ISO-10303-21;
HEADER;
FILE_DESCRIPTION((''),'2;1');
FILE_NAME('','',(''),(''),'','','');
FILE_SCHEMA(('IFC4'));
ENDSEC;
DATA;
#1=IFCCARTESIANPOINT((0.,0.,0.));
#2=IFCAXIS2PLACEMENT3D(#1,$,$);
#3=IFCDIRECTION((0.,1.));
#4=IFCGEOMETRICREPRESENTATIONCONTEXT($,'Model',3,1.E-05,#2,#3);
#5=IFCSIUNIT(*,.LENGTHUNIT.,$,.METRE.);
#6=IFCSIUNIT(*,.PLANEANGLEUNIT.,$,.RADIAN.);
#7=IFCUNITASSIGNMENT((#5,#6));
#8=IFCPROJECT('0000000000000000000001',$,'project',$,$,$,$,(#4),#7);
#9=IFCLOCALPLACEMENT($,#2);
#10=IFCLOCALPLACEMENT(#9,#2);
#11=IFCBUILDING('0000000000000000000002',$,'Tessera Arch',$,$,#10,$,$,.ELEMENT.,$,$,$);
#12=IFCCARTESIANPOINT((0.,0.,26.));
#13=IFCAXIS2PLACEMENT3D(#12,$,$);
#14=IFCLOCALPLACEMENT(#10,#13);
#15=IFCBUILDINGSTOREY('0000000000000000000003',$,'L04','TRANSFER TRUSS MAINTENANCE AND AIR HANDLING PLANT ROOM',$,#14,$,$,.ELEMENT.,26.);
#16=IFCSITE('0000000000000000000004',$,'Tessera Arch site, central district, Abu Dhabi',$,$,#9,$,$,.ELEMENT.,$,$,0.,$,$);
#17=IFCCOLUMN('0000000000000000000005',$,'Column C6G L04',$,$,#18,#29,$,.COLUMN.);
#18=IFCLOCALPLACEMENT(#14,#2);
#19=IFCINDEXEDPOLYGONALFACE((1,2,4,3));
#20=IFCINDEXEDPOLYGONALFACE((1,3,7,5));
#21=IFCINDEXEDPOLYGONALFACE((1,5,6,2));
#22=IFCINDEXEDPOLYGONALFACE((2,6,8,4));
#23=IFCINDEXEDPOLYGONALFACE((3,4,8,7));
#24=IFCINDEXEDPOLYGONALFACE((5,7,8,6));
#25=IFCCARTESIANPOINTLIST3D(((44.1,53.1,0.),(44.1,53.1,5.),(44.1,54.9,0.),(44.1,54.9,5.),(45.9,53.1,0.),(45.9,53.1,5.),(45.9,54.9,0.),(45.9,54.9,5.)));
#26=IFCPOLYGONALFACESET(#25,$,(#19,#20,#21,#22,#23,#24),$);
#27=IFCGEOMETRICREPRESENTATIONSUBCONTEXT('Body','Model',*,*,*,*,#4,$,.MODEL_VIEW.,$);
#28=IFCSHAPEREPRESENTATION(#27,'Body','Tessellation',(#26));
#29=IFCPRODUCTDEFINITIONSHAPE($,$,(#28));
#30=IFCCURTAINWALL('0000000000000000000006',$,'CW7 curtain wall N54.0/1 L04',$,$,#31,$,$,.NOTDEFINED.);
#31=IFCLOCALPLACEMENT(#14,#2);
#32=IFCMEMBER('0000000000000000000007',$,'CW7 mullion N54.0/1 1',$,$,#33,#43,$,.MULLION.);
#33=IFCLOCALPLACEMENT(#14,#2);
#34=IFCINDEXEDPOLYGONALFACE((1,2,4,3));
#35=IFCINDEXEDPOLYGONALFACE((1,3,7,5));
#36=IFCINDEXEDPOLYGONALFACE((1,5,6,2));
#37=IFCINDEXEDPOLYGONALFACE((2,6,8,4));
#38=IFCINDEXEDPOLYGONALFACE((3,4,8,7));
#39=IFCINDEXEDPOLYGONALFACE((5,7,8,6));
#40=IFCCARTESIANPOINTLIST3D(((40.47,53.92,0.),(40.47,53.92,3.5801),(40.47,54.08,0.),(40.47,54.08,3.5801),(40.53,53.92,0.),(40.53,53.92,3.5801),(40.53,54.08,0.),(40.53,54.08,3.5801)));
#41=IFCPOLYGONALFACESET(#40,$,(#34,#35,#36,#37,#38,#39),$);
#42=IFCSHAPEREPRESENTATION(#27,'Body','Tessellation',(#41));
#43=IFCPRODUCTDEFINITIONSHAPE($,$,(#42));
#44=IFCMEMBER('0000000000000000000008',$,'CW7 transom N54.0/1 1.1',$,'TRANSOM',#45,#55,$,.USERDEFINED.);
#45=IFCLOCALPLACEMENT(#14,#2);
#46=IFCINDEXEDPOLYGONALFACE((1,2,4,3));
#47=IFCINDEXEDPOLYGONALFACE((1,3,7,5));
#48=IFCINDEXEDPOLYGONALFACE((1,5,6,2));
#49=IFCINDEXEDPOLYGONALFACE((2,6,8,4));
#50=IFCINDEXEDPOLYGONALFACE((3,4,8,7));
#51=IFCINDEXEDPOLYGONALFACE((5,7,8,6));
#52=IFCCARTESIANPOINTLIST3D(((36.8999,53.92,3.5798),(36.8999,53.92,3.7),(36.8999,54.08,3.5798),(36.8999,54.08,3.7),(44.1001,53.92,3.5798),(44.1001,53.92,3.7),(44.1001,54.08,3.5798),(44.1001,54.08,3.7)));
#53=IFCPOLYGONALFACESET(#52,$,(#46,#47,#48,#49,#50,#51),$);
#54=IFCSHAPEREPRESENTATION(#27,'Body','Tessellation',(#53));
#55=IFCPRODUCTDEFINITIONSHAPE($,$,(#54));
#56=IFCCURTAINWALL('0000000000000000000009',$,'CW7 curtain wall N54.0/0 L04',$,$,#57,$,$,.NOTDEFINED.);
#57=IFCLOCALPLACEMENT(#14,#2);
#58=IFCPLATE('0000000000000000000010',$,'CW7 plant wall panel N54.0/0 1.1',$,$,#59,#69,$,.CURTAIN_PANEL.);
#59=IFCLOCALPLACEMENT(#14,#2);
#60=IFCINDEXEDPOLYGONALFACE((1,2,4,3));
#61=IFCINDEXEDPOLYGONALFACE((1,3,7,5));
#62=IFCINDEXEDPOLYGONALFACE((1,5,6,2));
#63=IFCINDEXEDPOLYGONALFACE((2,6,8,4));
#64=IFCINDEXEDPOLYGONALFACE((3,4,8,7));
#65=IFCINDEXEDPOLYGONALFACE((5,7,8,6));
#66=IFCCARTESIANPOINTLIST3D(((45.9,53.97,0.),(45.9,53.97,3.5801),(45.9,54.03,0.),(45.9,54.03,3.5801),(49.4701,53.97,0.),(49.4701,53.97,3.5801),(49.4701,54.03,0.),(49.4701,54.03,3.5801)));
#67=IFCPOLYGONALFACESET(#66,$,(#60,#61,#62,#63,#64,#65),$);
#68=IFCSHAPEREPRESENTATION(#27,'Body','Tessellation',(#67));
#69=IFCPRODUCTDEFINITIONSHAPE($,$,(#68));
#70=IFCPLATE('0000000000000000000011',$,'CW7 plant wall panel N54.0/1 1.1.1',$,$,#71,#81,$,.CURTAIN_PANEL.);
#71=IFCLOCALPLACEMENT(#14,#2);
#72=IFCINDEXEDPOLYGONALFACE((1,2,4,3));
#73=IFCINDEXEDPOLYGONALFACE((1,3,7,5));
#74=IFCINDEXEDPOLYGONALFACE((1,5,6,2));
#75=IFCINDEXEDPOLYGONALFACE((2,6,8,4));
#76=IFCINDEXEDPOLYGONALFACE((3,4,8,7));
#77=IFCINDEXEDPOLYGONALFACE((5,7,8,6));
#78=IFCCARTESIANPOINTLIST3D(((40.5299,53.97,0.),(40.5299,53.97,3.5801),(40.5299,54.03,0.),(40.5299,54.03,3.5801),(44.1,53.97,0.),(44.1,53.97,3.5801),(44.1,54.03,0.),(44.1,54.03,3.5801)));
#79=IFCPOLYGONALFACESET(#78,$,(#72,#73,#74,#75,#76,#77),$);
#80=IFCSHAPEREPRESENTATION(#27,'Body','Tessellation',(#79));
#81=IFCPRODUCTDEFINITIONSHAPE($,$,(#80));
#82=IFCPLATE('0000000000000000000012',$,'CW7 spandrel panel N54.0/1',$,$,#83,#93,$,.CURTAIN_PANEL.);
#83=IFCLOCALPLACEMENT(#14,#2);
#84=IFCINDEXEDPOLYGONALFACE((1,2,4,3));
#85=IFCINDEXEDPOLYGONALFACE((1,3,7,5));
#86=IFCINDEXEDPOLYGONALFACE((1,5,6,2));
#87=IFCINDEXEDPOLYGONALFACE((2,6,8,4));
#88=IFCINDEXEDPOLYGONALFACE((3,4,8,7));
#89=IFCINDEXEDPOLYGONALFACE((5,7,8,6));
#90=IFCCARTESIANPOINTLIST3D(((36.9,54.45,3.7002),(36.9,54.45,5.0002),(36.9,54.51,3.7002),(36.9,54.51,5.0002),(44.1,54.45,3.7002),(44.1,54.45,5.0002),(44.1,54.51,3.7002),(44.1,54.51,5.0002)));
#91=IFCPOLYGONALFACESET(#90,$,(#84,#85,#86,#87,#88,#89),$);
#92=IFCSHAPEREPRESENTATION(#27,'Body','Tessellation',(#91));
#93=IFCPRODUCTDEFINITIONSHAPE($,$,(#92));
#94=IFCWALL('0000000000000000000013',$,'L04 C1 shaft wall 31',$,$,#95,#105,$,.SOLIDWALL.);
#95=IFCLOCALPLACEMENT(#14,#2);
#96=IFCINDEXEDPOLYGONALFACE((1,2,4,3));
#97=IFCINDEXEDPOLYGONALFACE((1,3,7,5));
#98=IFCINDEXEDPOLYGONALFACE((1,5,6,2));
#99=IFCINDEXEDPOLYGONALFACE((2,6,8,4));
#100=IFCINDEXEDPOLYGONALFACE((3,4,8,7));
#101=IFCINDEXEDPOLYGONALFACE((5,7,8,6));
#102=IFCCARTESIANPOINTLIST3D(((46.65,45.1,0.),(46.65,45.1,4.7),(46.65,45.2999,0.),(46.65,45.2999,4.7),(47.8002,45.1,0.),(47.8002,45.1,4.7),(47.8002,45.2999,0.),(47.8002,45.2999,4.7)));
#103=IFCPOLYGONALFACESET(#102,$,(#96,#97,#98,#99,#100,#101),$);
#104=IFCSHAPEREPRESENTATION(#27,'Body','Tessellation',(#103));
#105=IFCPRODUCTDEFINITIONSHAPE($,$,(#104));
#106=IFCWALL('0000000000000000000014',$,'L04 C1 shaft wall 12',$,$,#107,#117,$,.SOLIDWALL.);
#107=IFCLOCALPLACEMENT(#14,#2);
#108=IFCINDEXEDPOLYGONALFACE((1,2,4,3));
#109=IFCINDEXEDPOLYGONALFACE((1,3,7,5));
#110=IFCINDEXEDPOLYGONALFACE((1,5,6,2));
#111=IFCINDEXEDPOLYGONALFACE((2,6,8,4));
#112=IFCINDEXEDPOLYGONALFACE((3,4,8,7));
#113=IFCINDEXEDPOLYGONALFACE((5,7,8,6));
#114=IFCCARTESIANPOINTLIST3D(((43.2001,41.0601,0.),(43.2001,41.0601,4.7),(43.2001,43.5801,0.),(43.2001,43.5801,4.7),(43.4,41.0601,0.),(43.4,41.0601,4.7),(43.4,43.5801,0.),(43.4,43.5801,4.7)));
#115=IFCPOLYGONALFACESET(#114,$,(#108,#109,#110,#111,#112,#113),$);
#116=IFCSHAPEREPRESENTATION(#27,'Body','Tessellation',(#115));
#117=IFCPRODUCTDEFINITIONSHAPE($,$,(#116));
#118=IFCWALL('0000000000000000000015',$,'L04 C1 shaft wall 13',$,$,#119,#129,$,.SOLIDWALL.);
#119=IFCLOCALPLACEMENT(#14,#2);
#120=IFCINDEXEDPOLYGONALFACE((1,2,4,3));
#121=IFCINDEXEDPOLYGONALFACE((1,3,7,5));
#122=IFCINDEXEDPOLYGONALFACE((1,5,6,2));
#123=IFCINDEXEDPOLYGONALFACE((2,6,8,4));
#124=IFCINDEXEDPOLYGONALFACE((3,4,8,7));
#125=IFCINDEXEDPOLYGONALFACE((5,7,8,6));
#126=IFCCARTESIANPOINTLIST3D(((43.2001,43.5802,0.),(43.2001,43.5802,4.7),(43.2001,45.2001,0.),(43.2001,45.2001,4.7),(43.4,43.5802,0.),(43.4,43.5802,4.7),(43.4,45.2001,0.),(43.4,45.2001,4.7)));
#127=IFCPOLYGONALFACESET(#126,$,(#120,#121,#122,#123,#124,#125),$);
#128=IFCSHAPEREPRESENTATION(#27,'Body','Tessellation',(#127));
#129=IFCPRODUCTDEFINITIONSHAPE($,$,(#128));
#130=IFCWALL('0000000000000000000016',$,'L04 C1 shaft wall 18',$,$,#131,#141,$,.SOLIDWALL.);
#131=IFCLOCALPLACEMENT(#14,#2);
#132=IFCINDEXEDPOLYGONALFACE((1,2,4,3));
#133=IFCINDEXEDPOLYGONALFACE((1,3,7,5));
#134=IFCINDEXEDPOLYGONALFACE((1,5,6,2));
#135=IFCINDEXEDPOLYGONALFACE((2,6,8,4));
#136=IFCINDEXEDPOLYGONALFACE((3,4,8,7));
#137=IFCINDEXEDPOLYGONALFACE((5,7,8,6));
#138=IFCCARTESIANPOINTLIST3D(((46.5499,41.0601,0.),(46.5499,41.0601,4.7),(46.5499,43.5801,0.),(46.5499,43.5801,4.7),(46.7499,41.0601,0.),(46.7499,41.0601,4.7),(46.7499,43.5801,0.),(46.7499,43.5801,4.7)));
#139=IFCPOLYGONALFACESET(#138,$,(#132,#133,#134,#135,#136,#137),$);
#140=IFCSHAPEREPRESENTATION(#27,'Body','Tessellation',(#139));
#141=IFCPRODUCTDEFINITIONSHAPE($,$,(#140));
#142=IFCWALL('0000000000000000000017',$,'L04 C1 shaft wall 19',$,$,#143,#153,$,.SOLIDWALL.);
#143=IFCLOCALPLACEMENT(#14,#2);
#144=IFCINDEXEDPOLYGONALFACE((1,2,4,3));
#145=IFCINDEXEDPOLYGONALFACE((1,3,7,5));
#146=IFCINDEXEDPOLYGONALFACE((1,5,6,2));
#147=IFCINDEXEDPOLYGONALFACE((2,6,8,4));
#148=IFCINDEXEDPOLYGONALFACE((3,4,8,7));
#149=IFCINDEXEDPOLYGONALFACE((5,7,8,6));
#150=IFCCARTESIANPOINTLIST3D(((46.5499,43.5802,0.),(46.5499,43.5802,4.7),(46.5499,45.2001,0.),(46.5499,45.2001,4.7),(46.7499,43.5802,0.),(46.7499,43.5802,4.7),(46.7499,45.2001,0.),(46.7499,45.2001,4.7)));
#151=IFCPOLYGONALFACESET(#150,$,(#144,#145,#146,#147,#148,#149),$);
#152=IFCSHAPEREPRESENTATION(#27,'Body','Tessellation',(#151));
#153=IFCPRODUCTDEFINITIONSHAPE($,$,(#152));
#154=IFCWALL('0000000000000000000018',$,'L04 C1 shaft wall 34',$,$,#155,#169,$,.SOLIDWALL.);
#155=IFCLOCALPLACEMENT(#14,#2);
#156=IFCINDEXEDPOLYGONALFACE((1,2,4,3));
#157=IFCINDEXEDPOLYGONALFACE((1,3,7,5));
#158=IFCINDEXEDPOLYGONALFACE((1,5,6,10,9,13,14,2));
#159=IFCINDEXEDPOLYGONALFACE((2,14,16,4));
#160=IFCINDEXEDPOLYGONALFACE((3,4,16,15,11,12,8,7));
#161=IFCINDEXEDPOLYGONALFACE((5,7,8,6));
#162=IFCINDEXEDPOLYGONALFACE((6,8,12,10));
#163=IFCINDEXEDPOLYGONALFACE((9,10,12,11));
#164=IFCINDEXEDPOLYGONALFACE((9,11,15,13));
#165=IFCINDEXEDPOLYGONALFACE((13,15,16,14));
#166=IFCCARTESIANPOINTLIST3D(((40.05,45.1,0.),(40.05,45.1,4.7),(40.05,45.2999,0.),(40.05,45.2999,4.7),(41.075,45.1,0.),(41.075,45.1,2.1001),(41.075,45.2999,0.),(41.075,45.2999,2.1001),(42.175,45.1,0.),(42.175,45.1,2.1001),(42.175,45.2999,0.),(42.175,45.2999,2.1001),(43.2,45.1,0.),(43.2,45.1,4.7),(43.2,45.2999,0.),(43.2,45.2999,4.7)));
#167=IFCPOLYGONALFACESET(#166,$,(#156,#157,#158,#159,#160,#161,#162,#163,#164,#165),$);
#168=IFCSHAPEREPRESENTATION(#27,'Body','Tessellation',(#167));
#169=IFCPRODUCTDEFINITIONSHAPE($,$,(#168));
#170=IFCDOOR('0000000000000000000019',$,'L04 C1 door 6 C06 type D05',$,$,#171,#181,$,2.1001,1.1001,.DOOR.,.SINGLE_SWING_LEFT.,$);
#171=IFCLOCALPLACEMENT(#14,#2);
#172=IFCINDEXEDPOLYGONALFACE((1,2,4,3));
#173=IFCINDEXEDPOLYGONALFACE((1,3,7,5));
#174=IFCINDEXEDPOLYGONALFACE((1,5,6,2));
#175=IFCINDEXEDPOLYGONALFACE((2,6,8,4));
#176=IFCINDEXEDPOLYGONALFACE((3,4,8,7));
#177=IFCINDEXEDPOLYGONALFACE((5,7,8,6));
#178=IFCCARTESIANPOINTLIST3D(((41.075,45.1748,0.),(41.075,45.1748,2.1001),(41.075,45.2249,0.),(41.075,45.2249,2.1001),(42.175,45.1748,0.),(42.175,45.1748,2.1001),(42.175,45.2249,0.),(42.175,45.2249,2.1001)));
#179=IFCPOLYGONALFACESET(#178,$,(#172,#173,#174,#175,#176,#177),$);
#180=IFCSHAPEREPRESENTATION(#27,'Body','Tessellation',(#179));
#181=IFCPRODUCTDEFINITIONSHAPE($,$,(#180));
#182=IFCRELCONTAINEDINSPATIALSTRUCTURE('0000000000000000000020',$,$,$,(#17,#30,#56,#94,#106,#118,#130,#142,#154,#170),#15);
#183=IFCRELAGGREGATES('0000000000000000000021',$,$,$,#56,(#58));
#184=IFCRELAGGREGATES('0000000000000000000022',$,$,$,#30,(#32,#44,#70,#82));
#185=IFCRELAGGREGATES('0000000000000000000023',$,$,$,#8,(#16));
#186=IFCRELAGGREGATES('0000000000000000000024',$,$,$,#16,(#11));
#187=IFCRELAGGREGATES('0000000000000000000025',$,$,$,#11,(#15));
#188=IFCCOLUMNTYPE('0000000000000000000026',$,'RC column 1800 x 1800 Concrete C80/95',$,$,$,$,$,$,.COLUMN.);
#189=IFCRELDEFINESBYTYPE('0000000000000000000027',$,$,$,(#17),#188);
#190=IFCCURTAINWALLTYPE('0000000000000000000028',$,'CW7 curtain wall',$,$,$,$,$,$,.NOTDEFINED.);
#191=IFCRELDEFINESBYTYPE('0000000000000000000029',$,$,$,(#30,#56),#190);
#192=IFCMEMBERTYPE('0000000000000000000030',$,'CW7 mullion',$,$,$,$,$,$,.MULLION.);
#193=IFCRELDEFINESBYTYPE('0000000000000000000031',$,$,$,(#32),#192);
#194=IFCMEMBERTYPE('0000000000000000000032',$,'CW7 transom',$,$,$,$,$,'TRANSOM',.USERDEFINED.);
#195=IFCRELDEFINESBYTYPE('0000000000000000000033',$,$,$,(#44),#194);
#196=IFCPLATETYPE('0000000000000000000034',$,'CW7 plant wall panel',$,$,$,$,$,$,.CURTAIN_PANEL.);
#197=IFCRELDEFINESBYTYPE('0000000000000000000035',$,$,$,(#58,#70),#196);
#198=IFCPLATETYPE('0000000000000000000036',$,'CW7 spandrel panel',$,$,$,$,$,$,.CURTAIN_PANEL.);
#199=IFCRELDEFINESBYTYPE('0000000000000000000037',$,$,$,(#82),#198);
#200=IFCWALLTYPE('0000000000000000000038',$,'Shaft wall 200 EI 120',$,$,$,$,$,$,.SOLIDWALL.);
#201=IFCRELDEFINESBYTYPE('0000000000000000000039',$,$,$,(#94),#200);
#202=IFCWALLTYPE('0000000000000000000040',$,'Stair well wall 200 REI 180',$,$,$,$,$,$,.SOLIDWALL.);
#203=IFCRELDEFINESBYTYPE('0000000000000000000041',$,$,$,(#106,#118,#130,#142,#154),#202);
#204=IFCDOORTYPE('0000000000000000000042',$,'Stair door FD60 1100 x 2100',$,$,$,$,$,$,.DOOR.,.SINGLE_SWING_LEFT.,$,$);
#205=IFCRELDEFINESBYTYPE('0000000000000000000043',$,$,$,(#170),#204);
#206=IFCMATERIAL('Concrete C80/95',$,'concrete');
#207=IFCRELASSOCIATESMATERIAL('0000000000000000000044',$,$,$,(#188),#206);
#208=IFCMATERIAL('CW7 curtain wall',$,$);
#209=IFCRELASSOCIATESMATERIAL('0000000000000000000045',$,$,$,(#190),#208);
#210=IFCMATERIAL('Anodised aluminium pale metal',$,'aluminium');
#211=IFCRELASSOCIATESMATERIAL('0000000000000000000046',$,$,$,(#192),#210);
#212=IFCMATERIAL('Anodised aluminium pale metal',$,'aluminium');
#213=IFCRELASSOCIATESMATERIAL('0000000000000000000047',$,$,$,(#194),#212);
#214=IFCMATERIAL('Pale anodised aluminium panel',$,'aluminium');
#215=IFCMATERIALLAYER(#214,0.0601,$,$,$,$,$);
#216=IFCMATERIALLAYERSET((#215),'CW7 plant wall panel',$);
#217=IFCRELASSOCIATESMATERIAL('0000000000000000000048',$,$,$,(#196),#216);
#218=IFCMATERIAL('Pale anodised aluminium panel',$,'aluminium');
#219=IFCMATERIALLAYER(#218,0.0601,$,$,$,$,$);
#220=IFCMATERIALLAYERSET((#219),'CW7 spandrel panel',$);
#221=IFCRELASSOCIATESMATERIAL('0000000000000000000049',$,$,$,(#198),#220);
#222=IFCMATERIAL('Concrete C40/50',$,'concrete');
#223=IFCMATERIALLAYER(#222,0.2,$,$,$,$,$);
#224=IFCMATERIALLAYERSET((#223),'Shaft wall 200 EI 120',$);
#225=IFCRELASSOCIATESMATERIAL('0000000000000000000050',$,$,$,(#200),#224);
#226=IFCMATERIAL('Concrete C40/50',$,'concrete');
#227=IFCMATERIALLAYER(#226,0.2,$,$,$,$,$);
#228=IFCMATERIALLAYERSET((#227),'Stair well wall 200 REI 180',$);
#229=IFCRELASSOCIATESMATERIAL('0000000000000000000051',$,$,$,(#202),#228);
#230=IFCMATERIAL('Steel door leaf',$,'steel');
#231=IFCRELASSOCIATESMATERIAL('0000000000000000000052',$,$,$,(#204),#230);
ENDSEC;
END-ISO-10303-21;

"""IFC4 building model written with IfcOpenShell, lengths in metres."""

from ifc_helpers import new_model, si_unit, direction, frame, frame_2d, origin, origin_2d, place, context, subcontext, project, spatial, rectangle, extrude, material, layer, layer_set, material_profile, profile_set, type_object, element, fill, aggregate, save


model = new_model("IFC4")

# Units and contexts
model_context = context("Model", 3, precision=1e-05, world=origin(), true_north=direction((0.0, 1.0)))
body_context = subcontext(model_context, "Body", "Model", "MODEL_VIEW")
ifc_project = project(units=[si_unit("LENGTHUNIT", "METRE"), si_unit("PLANEANGLEUNIT", "RADIAN")], contexts=[model_context])

# Site, building, storey
site_placement = place(None, origin())
site = spatial("IfcSite", under=ifc_project, at=site_placement, Name="Tessera Arch site, central district, Abu Dhabi", CompositionType="ELEMENT", RefElevation=0.0)
building_placement = place(site_placement, origin())
building = spatial("IfcBuilding", under=site, at=building_placement, Name="Tessera Arch", CompositionType="ELEMENT")
storey_placement = place(building_placement, frame((0.0, 0.0, 26.0)))
storey = spatial("IfcBuildingStorey", under=building, at=storey_placement, Name="L04", Description="TRANSFER TRUSS MAINTENANCE AND AIR HANDLING PLANT ROOM", CompositionType="ELEMENT", Elevation=26.0)

# Column
ifc_material_1 = material(Name="Concrete C80/95", Category="concrete")
ifc_material_profile_1 = material_profile(ifc_material_1, rectangle(XDim=1.8, YDim=1.8, at=origin_2d()), Name="RC column 1800 x 1800 Concrete C80/95")
ifc_profile_set_1 = profile_set([ifc_material_profile_1], Name="Concrete C80/95")
column_type = type_object("IfcColumnType", Name="RC column 1800 x 1800 Concrete C80/95", PredefinedType="COLUMN", material=ifc_profile_set_1)
column_placement = place(storey_placement, frame((45.0, 54.0, 0.0), z_axis=(0.0, 0.0, 1.0), x_axis=(1.0, 0.0, 0.0)))
element("IfcColumn", 1, at=column_placement, inside=storey, type_object=column_type, Name="Column C6G L04", PredefinedType="COLUMN", context=body_context, shape_type="SweptSolid", body=[
    extrude(rectangle(XDim=1.8, YDim=1.8, at=origin_2d()), origin(), (0.0, 0.0, 1.0), 5.0),
])

# Curtain wall, members
ifc_material_2 = material(Name="CW7 curtain wall")
curtain_wall_type = type_object("IfcCurtainWallType", Name="CW7 curtain wall", PredefinedType="NOTDEFINED", material=ifc_material_2)
curtain_wall_1_placement = place(storey_placement, origin())
curtain_wall_1 = element("IfcCurtainWall", 2, at=curtain_wall_1_placement, inside=storey, type_object=curtain_wall_type, Name="CW7 curtain wall N54.0/1 L04", PredefinedType="NOTDEFINED")
ifc_material_3 = material(Name="Anodised aluminium pale metal", Category="aluminium")
ifc_material_profile_2 = material_profile(ifc_material_3, rectangle(XDim=0.1599, YDim=0.0601, at=origin_2d()), Name="AL 60x160")
ifc_profile_set_2 = profile_set([ifc_material_profile_2], Name="Anodised aluminium pale metal")
member_type_1 = type_object("IfcMemberType", Name="CW7 mullion", PredefinedType="MULLION", material=ifc_profile_set_2)
member_1_placement = place(storey_placement, frame((40.5, 54.0, 0.0), z_axis=(0.0, 0.0, 1.0), x_axis=(0.0, -1.0, 0.0)))
member_1 = element("IfcMember", 3, at=member_1_placement, type_object=member_type_1, Name="CW7 mullion N54.0/1 1", PredefinedType="MULLION", context=body_context, shape_type="SweptSolid", body=[
    extrude(rectangle(XDim=0.1599, YDim=0.0601, at=origin_2d()), origin(), (0.0, 0.0, 1.0), 3.5801),
])
ifc_material_4 = material(Name="Anodised aluminium pale metal", Category="aluminium")
ifc_material_profile_3 = material_profile(ifc_material_4, rectangle(XDim=0.1599, YDim=0.1201, at=origin_2d()), Name="AL 160x120")
ifc_profile_set_3 = profile_set([ifc_material_profile_3], Name="Anodised aluminium pale metal")
member_type_2 = type_object("IfcMemberType", Name="CW7 transom", ElementType="TRANSOM", PredefinedType="USERDEFINED", material=ifc_profile_set_3)
member_2_placement = place(storey_placement, frame((44.1001, 54.0, 3.6399), z_axis=(-1.0, 0.0, 0.0), x_axis=(0.0, -1.0, 0.0)))
member_2 = element("IfcMember", 4, at=member_2_placement, type_object=member_type_2, Name="CW7 transom N54.0/1 1.1", ObjectType="TRANSOM", PredefinedType="USERDEFINED", context=body_context, shape_type="SweptSolid", body=[
    extrude(rectangle(XDim=0.1599, YDim=0.1201, at=origin_2d()), origin(), (0.0, 0.0, 1.0), 7.2002),
])

# Curtain wall, plate
curtain_wall_2_placement = place(storey_placement, origin())
curtain_wall_2 = element("IfcCurtainWall", 5, at=curtain_wall_2_placement, inside=storey, type_object=curtain_wall_type, Name="CW7 curtain wall N54.0/0 L04", PredefinedType="NOTDEFINED")
ifc_material_5 = material(Name="Pale anodised aluminium panel", Category="aluminium")
ifc_layer_1 = layer(ifc_material_5, 0.0601)
ifc_layer_set_1 = layer_set([ifc_layer_1], Name="CW7 plant wall panel")
plate_type_1 = type_object("IfcPlateType", Name="CW7 plant wall panel", PredefinedType="CURTAIN_PANEL", material=ifc_layer_set_1)
plate_1_placement = place(storey_placement, frame((47.6851, 54.0, 0.0), z_axis=(0.0, 0.0, 1.0), x_axis=(-1.0, 0.0, 0.0)))
plate_1 = element("IfcPlate", 6, at=plate_1_placement, type_object=plate_type_1, Name="CW7 plant wall panel N54.0/0 1.1", PredefinedType="CURTAIN_PANEL", context=body_context, shape_type="SweptSolid", body=[
    extrude(rectangle(XDim=3.5701, YDim=0.0601, at=origin_2d()), origin(), (0.0, 0.0, 1.0), 3.5801),
])
aggregate(curtain_wall_2, [plate_1])

# Plates
plate_2_placement = place(storey_placement, frame((42.3149, 54.0, 0.0), z_axis=(0.0, 0.0, 1.0), x_axis=(-1.0, 0.0, 0.0)))
plate_2 = element("IfcPlate", 7, at=plate_2_placement, type_object=plate_type_1, Name="CW7 plant wall panel N54.0/1 1.1.1", PredefinedType="CURTAIN_PANEL", context=body_context, shape_type="SweptSolid", body=[
    extrude(rectangle(XDim=3.5701, YDim=0.0601, at=origin_2d()), origin(), (0.0, 0.0, 1.0), 3.5801),
])
ifc_material_6 = material(Name="Pale anodised aluminium panel", Category="aluminium")
ifc_layer_2 = layer(ifc_material_6, 0.0601)
ifc_layer_set_2 = layer_set([ifc_layer_2], Name="CW7 spandrel panel")
plate_type_2 = type_object("IfcPlateType", Name="CW7 spandrel panel", PredefinedType="CURTAIN_PANEL", material=ifc_layer_set_2)
plate_3_placement = place(storey_placement, frame((40.5, 54.48, 3.7002), z_axis=(0.0, 0.0, 1.0), x_axis=(-1.0, 0.0, 0.0)))
plate_3 = element("IfcPlate", 8, at=plate_3_placement, type_object=plate_type_2, Name="CW7 spandrel panel N54.0/1", PredefinedType="CURTAIN_PANEL", context=body_context, shape_type="SweptSolid", body=[
    extrude(rectangle(XDim=7.2, YDim=0.0601, at=origin_2d()), origin(), (0.0, 0.0, 1.0), 1.3),
])
aggregate(curtain_wall_1, [member_1, member_2, plate_2, plate_3])

# Walls
ifc_material_7 = material(Name="Concrete C40/50", Category="concrete")
ifc_layer_3 = layer(ifc_material_7, 0.2)
ifc_layer_set_3 = layer_set([ifc_layer_3], Name="Shaft wall 200 EI 120")
wall_type_1 = type_object("IfcWallType", Name="Shaft wall 200 EI 120", PredefinedType="SOLIDWALL", material=ifc_layer_set_3)
wall_1_placement = place(storey_placement, frame((46.6499, 45.2, 0.0), z_axis=(0.0, 0.0, 1.0), x_axis=(1.0, 0.0, 0.0)))
element("IfcWall", 9, at=wall_1_placement, inside=storey, type_object=wall_type_1, Name="L04 C1 shaft wall 31", PredefinedType="SOLIDWALL", context=body_context, shape_type="SweptSolid", body=[
    extrude(rectangle(XDim=1.1501, YDim=0.2, at=frame_2d((0.5752, 0.0))), origin(), (0.0, 0.0, 1.0), 4.7),
])
ifc_material_8 = material(Name="Concrete C40/50", Category="concrete")
ifc_layer_4 = layer(ifc_material_8, 0.2)
ifc_layer_set_4 = layer_set([ifc_layer_4], Name="Stair well wall 200 REI 180")
wall_type_2 = type_object("IfcWallType", Name="Stair well wall 200 REI 180", PredefinedType="SOLIDWALL", material=ifc_layer_set_4)
wall_2_placement = place(storey_placement, frame((43.3, 41.0601, 0.0), z_axis=(0.0, 0.0, 1.0), x_axis=(0.0, 1.0, 0.0)))
element("IfcWall", 10, at=wall_2_placement, inside=storey, type_object=wall_type_2, Name="L04 C1 shaft wall 12", PredefinedType="SOLIDWALL", context=body_context, shape_type="SweptSolid", body=[
    extrude(rectangle(XDim=2.52, YDim=0.2, at=frame_2d((1.26, 0.0))), origin(), (0.0, 0.0, 1.0), 4.7),
])
wall_3_placement = place(storey_placement, frame((43.3, 43.5801, 0.0), z_axis=(0.0, 0.0, 1.0), x_axis=(0.0, 1.0, 0.0)))
element("IfcWall", 11, at=wall_3_placement, inside=storey, type_object=wall_type_2, Name="L04 C1 shaft wall 13", PredefinedType="SOLIDWALL", context=body_context, shape_type="SweptSolid", body=[
    extrude(rectangle(XDim=1.6199, YDim=0.2, at=frame_2d((0.8101, 0.0))), origin(), (0.0, 0.0, 1.0), 4.7),
])
wall_4_placement = place(storey_placement, frame((46.6499, 41.0601, 0.0), z_axis=(0.0, 0.0, 1.0), x_axis=(0.0, 1.0, 0.0)))
element("IfcWall", 12, at=wall_4_placement, inside=storey, type_object=wall_type_2, Name="L04 C1 shaft wall 18", PredefinedType="SOLIDWALL", context=body_context, shape_type="SweptSolid", body=[
    extrude(rectangle(XDim=2.52, YDim=0.2, at=frame_2d((1.26, 0.0))), origin(), (0.0, 0.0, 1.0), 4.7),
])
wall_5_placement = place(storey_placement, frame((46.6499, 43.5801, 0.0), z_axis=(0.0, 0.0, 1.0), x_axis=(0.0, 1.0, 0.0)))
element("IfcWall", 13, at=wall_5_placement, inside=storey, type_object=wall_type_2, Name="L04 C1 shaft wall 19", PredefinedType="SOLIDWALL", context=body_context, shape_type="SweptSolid", body=[
    extrude(rectangle(XDim=1.6199, YDim=0.2, at=frame_2d((0.8101, 0.0))), origin(), (0.0, 0.0, 1.0), 4.7),
])

# Wall, opening, door
wall_6_placement = place(storey_placement, frame((40.05, 45.2, 0.0), z_axis=(0.0, 0.0, 1.0), x_axis=(1.0, 0.0, 0.0)))
wall_6 = element("IfcWall", 14, at=wall_6_placement, inside=storey, type_object=wall_type_2, Name="L04 C1 shaft wall 34", PredefinedType="SOLIDWALL", context=body_context, shape_type="SweptSolid", body=[
    extrude(rectangle(XDim=3.1499, YDim=0.2, at=frame_2d((1.575, 0.0))), origin(), (0.0, 0.0, 1.0), 4.7),
])
opening_1_placement = place(wall_6_placement, frame((1.0249, 0.0, 0.0)))
opening_1 = element("IfcOpeningElement", 15, at=opening_1_placement, cuts=wall_6, PredefinedType="OPENING", context=body_context, shape_type="SweptSolid", body=[
    extrude(rectangle(XDim=1.1001, YDim=2.1001, at=frame_2d((0.55, 1.05))), frame((0.0, 0.1099, 0.0), z_axis=(0.0, -1.0, 0.0), x_axis=(1.0, 0.0, 0.0)), (0.0, 0.0, 1.0), 0.22),
])
ifc_material_9 = material(Name="Steel door leaf", Category="steel")
door_type = type_object("IfcDoorType", Name="Stair door FD60 1100 x 2100", OperationType="SINGLE_SWING_LEFT", PredefinedType="DOOR", material=ifc_material_9)
door_1_placement = place(opening_1_placement, origin())
door_1 = element("IfcDoor", 16, at=door_1_placement, inside=storey, type_object=door_type, Name="L04 C1 door 6 C06 type D05", OperationType="SINGLE_SWING_LEFT", OverallHeight=2.1001, OverallWidth=1.1001, PredefinedType="DOOR", context=body_context, shape_type="SweptSolid", body=[
    extrude(rectangle(XDim=1.1001, YDim=2.1001, at=frame_2d((0.55, 1.05))), frame((0.0, 0.0249, 0.0), z_axis=(0.0, -1.0, 0.0), x_axis=(1.0, 0.0, 0.0)), (0.0, 0.0, 1.0), 0.05),
])
fill(opening_1, door_1)

save(model, "model.ifc")
